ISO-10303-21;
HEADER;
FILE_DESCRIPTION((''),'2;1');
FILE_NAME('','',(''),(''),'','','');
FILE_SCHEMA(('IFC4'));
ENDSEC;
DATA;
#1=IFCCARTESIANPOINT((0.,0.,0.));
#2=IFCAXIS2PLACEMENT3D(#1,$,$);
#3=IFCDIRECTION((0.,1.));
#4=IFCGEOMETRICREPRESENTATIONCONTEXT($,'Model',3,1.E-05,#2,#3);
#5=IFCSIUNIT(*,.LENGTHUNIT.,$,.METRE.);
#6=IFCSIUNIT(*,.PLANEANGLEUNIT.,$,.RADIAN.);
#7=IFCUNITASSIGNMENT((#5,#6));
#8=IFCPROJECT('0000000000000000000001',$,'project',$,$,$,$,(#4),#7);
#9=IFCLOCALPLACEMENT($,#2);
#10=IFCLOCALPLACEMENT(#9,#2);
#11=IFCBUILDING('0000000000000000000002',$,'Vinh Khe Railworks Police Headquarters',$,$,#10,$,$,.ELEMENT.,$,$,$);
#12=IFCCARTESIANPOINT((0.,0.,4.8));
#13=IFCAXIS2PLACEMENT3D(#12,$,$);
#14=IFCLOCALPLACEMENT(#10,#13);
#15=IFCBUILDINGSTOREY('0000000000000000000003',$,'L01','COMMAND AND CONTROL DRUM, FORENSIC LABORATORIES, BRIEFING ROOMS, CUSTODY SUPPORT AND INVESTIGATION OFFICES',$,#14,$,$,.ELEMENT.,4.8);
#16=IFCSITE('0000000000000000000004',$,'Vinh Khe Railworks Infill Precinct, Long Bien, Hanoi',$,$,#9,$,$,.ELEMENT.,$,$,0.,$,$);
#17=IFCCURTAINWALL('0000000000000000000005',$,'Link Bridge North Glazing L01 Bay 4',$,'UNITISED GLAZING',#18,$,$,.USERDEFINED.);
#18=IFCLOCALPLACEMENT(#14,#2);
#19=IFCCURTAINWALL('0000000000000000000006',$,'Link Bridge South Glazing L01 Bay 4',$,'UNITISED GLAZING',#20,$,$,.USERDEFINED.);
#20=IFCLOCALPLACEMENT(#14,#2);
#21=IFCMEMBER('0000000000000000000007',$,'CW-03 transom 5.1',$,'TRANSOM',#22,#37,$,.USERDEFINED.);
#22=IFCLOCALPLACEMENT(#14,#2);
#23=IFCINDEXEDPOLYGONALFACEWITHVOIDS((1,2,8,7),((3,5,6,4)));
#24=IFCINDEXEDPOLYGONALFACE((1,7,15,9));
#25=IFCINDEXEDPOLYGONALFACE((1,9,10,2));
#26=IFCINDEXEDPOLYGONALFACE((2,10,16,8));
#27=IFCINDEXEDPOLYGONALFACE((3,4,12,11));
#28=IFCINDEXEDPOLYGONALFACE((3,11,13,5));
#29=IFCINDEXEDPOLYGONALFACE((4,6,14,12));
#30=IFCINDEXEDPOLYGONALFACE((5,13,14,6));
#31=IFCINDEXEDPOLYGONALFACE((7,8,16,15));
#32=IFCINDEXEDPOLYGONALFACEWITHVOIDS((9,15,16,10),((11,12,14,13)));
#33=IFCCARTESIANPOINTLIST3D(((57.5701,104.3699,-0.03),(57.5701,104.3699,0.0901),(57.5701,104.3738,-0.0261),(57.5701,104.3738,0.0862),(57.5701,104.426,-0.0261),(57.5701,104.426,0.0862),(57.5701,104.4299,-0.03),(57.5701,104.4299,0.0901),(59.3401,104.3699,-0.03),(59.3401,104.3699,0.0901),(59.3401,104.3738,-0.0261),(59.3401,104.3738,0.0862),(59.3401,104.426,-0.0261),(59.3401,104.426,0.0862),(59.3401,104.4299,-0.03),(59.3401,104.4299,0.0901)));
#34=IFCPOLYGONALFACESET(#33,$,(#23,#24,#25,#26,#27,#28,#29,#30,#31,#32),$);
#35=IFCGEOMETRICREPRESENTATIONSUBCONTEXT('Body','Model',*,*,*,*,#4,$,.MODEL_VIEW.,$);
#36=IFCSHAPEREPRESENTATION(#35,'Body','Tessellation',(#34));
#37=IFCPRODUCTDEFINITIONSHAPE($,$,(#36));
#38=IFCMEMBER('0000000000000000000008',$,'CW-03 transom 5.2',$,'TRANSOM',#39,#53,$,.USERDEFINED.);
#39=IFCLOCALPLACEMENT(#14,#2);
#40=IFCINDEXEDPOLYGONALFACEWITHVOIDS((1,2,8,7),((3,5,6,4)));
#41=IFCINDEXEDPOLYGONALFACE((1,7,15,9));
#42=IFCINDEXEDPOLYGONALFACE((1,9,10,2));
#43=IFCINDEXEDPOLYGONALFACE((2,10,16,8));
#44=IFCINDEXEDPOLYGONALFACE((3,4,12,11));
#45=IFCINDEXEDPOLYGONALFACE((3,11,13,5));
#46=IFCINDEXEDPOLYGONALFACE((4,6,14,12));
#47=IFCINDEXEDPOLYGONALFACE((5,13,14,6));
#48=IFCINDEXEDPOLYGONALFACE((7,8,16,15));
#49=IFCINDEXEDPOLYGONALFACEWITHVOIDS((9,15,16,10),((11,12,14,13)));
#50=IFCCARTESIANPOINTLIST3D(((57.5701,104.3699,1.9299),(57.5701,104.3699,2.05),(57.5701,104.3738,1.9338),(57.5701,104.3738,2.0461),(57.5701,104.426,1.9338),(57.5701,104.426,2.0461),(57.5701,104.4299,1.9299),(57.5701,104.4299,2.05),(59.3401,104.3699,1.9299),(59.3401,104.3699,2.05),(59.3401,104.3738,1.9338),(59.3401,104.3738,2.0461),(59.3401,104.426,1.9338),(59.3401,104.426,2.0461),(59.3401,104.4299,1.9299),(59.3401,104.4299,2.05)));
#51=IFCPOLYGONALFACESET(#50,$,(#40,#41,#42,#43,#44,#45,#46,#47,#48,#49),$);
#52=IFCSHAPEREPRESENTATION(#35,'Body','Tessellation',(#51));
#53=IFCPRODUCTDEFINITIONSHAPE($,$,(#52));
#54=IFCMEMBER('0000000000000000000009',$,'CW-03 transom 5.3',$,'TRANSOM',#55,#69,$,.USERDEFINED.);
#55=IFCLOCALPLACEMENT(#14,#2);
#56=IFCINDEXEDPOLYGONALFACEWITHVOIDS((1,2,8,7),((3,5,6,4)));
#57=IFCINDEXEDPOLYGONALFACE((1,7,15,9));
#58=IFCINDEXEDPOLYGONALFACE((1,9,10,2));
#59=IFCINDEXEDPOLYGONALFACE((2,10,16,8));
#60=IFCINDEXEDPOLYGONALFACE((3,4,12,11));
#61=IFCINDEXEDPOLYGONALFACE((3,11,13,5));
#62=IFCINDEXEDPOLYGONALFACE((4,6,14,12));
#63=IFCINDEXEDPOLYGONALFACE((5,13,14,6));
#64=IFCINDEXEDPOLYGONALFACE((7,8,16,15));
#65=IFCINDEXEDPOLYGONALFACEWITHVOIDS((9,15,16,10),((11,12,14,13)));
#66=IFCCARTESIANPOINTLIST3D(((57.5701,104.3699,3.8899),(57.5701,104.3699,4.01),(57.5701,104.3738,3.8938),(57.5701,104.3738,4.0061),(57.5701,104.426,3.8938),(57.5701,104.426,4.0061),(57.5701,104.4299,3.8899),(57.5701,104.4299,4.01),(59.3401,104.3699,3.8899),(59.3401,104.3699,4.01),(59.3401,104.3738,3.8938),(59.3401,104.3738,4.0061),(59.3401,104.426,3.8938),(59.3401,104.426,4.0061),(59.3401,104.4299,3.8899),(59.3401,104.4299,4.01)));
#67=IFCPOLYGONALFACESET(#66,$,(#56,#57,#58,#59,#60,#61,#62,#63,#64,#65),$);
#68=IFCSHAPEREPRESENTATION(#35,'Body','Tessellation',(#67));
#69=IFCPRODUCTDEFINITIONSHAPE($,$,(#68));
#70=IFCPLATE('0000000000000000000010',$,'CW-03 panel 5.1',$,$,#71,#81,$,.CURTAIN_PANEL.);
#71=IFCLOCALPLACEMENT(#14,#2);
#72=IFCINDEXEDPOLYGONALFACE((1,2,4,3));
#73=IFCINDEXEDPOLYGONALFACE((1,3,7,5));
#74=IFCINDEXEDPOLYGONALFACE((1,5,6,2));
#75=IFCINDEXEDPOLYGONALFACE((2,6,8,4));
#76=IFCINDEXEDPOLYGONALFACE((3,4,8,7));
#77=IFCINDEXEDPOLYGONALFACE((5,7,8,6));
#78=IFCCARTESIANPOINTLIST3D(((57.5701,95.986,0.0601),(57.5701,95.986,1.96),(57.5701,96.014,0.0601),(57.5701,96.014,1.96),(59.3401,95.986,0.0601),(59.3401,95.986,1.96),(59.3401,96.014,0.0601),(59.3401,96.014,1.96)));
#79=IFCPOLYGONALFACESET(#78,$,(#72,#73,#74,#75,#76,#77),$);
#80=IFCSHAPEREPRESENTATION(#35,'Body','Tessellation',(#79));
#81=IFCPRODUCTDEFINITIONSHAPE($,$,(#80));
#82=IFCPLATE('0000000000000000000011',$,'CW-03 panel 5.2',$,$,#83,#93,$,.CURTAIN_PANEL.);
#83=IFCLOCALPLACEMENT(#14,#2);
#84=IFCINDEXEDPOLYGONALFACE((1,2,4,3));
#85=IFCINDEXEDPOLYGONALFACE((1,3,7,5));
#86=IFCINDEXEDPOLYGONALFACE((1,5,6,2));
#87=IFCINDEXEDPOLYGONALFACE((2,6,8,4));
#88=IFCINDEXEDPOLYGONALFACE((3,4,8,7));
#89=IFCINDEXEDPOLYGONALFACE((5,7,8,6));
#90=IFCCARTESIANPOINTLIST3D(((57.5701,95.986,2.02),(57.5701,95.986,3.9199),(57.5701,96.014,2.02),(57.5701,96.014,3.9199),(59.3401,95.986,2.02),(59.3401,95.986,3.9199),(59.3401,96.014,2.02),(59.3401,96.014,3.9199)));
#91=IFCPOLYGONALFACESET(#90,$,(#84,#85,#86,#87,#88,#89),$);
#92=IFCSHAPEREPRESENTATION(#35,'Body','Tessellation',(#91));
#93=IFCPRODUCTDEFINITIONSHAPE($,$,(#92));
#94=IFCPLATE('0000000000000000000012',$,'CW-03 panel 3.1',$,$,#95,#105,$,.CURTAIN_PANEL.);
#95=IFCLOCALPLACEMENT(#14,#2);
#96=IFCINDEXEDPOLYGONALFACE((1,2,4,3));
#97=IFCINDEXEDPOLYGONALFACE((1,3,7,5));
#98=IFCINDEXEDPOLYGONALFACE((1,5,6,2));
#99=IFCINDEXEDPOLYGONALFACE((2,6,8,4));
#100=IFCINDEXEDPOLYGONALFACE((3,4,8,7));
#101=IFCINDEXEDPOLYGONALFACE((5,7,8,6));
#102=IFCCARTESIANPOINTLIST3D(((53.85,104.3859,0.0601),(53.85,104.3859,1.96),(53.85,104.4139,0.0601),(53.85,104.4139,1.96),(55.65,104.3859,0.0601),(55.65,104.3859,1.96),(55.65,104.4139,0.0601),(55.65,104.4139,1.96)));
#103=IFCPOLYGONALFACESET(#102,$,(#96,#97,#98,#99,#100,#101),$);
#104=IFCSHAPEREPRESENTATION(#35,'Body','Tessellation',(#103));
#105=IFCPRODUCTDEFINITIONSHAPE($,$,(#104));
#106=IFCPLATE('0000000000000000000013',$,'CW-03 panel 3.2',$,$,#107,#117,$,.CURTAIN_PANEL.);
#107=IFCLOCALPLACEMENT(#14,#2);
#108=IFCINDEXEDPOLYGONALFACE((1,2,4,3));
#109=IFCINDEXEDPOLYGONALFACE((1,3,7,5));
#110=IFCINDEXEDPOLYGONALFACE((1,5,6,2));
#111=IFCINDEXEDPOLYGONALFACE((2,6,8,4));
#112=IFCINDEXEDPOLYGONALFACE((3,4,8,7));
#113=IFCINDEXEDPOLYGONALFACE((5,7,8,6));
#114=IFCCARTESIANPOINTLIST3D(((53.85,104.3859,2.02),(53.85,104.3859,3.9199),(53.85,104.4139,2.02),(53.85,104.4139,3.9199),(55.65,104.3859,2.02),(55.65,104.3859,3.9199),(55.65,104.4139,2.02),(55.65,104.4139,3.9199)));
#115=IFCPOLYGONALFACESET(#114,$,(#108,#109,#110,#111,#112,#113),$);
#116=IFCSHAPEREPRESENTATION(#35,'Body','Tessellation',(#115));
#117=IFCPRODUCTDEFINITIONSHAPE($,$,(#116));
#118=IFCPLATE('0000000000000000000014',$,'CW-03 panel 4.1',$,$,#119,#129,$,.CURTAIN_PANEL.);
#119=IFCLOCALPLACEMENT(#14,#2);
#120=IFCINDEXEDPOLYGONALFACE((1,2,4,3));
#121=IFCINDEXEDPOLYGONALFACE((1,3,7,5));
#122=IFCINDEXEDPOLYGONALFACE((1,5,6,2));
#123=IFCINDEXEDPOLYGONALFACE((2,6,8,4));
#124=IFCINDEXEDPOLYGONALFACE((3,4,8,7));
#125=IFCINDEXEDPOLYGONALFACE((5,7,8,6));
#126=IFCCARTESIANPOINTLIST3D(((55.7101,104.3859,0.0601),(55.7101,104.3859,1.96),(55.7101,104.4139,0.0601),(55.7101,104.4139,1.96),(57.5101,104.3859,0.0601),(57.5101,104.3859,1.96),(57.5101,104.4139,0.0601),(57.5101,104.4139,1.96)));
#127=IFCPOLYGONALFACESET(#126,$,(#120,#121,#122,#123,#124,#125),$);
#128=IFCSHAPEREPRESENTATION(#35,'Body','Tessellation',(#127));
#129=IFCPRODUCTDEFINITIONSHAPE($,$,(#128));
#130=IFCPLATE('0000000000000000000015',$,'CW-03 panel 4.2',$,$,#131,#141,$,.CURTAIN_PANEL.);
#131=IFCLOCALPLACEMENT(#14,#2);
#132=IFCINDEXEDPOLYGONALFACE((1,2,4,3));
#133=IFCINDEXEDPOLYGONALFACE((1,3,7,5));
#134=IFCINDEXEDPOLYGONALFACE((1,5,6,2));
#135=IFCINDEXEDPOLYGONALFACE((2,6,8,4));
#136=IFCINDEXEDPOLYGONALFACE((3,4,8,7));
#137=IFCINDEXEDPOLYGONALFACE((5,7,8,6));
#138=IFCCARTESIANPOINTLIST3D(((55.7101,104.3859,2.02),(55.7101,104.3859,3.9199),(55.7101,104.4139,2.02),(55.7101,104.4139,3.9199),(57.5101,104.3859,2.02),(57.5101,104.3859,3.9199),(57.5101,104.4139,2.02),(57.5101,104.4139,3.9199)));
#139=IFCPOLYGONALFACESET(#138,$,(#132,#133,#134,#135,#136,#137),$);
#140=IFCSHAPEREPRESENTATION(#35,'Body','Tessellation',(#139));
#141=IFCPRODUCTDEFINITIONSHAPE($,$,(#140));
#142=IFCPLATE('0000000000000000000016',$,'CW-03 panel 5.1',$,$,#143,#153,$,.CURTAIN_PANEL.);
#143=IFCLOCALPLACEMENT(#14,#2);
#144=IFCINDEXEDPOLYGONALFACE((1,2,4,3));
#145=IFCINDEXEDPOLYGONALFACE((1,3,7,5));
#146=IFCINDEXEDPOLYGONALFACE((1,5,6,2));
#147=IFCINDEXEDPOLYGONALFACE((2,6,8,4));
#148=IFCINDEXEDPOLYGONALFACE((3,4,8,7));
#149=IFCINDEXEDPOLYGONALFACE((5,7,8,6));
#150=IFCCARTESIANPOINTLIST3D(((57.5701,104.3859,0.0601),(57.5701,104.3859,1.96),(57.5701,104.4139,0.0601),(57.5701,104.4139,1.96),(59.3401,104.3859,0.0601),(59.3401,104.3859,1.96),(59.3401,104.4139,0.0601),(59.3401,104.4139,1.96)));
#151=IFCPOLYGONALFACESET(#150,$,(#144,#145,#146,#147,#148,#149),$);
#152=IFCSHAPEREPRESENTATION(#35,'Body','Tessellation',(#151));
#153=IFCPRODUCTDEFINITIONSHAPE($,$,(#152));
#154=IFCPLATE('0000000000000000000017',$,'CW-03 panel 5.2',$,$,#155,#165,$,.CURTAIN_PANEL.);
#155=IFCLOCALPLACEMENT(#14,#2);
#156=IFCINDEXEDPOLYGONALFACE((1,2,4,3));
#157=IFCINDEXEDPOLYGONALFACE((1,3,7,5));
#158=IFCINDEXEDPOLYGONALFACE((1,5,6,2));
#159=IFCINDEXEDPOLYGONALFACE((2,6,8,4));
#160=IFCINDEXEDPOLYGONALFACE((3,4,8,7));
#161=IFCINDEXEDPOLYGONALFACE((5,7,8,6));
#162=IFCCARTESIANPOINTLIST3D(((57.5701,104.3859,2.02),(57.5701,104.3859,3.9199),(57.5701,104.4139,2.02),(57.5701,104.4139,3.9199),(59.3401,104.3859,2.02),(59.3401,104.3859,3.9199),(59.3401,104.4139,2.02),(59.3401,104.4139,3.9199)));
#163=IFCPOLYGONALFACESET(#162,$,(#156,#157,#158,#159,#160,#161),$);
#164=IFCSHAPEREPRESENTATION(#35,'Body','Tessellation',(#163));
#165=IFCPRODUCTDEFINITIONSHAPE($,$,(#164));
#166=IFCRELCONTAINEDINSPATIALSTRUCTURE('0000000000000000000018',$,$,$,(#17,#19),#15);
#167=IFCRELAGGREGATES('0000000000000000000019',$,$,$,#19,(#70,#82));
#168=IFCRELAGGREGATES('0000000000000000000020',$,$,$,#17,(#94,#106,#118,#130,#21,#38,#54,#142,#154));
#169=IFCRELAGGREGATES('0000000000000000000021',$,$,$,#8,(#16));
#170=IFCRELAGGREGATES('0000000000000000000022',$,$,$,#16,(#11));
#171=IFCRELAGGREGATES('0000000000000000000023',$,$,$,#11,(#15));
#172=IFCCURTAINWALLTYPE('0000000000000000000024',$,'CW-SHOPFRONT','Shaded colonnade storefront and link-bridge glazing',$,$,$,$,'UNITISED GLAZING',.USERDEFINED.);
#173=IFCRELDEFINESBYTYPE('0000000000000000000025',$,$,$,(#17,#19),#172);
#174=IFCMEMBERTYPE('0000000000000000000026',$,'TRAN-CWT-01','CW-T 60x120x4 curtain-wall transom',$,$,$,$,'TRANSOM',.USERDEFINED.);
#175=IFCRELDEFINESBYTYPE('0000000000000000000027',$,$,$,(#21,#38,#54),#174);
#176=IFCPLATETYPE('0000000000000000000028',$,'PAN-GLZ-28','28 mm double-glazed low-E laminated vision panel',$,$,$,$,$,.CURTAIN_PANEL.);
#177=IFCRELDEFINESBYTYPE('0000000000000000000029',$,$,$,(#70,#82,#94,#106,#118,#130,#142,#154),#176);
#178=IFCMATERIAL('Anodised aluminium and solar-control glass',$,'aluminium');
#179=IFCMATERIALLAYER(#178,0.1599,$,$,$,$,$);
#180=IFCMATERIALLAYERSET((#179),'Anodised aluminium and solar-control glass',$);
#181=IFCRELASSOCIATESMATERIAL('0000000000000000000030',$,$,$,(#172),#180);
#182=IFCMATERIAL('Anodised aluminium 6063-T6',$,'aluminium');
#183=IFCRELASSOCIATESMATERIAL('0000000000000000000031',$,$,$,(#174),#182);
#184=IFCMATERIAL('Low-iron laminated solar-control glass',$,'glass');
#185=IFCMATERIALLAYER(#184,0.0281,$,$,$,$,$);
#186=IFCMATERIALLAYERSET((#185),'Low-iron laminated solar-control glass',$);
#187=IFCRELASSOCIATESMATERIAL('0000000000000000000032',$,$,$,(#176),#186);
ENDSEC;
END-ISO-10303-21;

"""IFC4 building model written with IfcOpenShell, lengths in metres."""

from ifc_helpers import new_model, si_unit, direction, frame, origin, origin_2d, place, context, subcontext, project, spatial, rectangle, hollow_rectangle, extrude, material, layer, layer_set, material_profile, profile_set, type_object, element, aggregate, save


model = new_model("IFC4")

# Units and contexts
model_context = context("Model", 3, precision=1e-05, world=origin(), true_north=direction((0.0, 1.0)))
body_context = subcontext(model_context, "Body", "Model", "MODEL_VIEW")
ifc_project = project(units=[si_unit("LENGTHUNIT", "METRE"), si_unit("PLANEANGLEUNIT", "RADIAN")], contexts=[model_context])

# Site, building, storey
site_placement = place(None, origin())
site = spatial("IfcSite", under=ifc_project, at=site_placement, Name="Vinh Khe Railworks Infill Precinct, Long Bien, Hanoi", CompositionType="ELEMENT", RefElevation=0.0)
building_placement = place(site_placement, origin())
building = spatial("IfcBuilding", under=site, at=building_placement, Name="Vinh Khe Railworks Police Headquarters", CompositionType="ELEMENT")
storey_placement = place(building_placement, frame((0.0, 0.0, 4.8)))
storey = spatial("IfcBuildingStorey", under=building, at=storey_placement, Name="L01", Description="COMMAND AND CONTROL DRUM, FORENSIC LABORATORIES, BRIEFING ROOMS, CUSTODY SUPPORT AND INVESTIGATION OFFICES", CompositionType="ELEMENT", Elevation=4.8)

# Curtain walls
ifc_material_1 = material(Name="Anodised aluminium and solar-control glass", Category="aluminium")
ifc_layer_1 = layer(ifc_material_1, 0.1599)
ifc_layer_set_1 = layer_set([ifc_layer_1], Name="Anodised aluminium and solar-control glass")
curtain_wall_type = type_object("IfcCurtainWallType", Name="CW-SHOPFRONT", Description="Shaded colonnade storefront and link-bridge glazing", ElementType="UNITISED GLAZING", PredefinedType="USERDEFINED", material=ifc_layer_set_1)
curtain_wall_1_placement = place(storey_placement, origin())
curtain_wall_1 = element("IfcCurtainWall", 1, at=curtain_wall_1_placement, inside=storey, type_object=curtain_wall_type, Name="Link Bridge North Glazing L01 Bay 4", ObjectType="UNITISED GLAZING", PredefinedType="USERDEFINED")
ifc_material_2 = material(Name="Anodised aluminium 6063-T6", Category="aluminium")
curtain_wall_2_placement = place(storey_placement, origin())
curtain_wall_2 = element("IfcCurtainWall", 2, at=curtain_wall_2_placement, inside=storey, type_object=curtain_wall_type, Name="Link Bridge South Glazing L01 Bay 4", ObjectType="UNITISED GLAZING", PredefinedType="USERDEFINED")
ifc_material_profile_1 = material_profile(ifc_material_2, hollow_rectangle(XDim=0.0601, YDim=0.1201, WallThickness=0.0039, at=origin_2d()), Name="CW-T 60x120x4")
ifc_profile_set_1 = profile_set([ifc_material_profile_1], Name="Anodised aluminium 6063-T6")
member_type_1 = type_object("IfcMemberType", Name="TRAN-CWT-01", Description="CW-T 60x120x4 curtain-wall transom", ElementType="TRANSOM", PredefinedType="USERDEFINED", material=ifc_profile_set_1)

# Members
member_1_placement = place(storey_placement, frame((57.5701, 104.3999, 0.03), z_axis=(1.0, 0.0, 0.0), x_axis=(0.0, 1.0, 0.0)))
member_1 = element("IfcMember", 3, at=member_1_placement, type_object=member_type_1, Name="CW-03 transom 5.1", ObjectType="TRANSOM", PredefinedType="USERDEFINED", context=body_context, shape_type="SweptSolid", body=[
    extrude(hollow_rectangle(XDim=0.0601, YDim=0.1201, WallThickness=0.0039, at=origin_2d()), origin(), (0.0, 0.0, 1.0), 1.77),
])
member_2_placement = place(storey_placement, frame((57.5701, 104.3999, 1.99), z_axis=(1.0, 0.0, 0.0), x_axis=(0.0, 1.0, 0.0)))
member_2 = element("IfcMember", 4, at=member_2_placement, type_object=member_type_1, Name="CW-03 transom 5.2", ObjectType="TRANSOM", PredefinedType="USERDEFINED", context=body_context, shape_type="SweptSolid", body=[
    extrude(hollow_rectangle(XDim=0.0601, YDim=0.1201, WallThickness=0.0039, at=origin_2d()), origin(), (0.0, 0.0, 1.0), 1.77),
])
member_3_placement = place(storey_placement, frame((57.5701, 104.3999, 3.95), z_axis=(1.0, 0.0, 0.0), x_axis=(0.0, 1.0, 0.0)))
member_3 = element("IfcMember", 5, at=member_3_placement, type_object=member_type_1, Name="CW-03 transom 5.3", ObjectType="TRANSOM", PredefinedType="USERDEFINED", context=body_context, shape_type="SweptSolid", body=[
    extrude(hollow_rectangle(XDim=0.0601, YDim=0.1201, WallThickness=0.0039, at=origin_2d()), origin(), (0.0, 0.0, 1.0), 1.77),
])

# Plates
ifc_material_3 = material(Name="Low-iron laminated solar-control glass", Category="glass")
ifc_layer_2 = layer(ifc_material_3, 0.0281)
ifc_layer_set_2 = layer_set([ifc_layer_2], Name="Low-iron laminated solar-control glass")
plate_type = type_object("IfcPlateType", Name="PAN-GLZ-28", Description="28 mm double-glazed low-E laminated vision panel", PredefinedType="CURTAIN_PANEL", material=ifc_layer_set_2)
plate_1_placement = place(storey_placement, frame((58.4551, 96.0, 0.0601), z_axis=(0.0, 0.0, 1.0), x_axis=(1.0, 0.0, 0.0)))
plate_1 = element("IfcPlate", 6, at=plate_1_placement, type_object=plate_type, Name="CW-03 panel 5.1", PredefinedType="CURTAIN_PANEL", context=body_context, shape_type="SweptSolid", body=[
    extrude(rectangle(XDim=1.77, YDim=0.0281, at=origin_2d()), origin(), (0.0, 0.0, 1.0), 1.8999),
])
plate_2_placement = place(storey_placement, frame((58.4551, 96.0, 2.02), z_axis=(0.0, 0.0, 1.0), x_axis=(1.0, 0.0, 0.0)))
plate_2 = element("IfcPlate", 7, at=plate_2_placement, type_object=plate_type, Name="CW-03 panel 5.2", PredefinedType="CURTAIN_PANEL", context=body_context, shape_type="SweptSolid", body=[
    extrude(rectangle(XDim=1.77, YDim=0.0281, at=origin_2d()), origin(), (0.0, 0.0, 1.0), 1.8999),
])
aggregate(curtain_wall_2, [plate_1, plate_2])
plate_3_placement = place(storey_placement, frame((54.75, 104.3999, 0.0601), z_axis=(0.0, 0.0, 1.0), x_axis=(1.0, 0.0, 0.0)))
plate_3 = element("IfcPlate", 8, at=plate_3_placement, type_object=plate_type, Name="CW-03 panel 3.1", PredefinedType="CURTAIN_PANEL", context=body_context, shape_type="SweptSolid", body=[
    extrude(rectangle(XDim=1.8, YDim=0.0281, at=origin_2d()), origin(), (0.0, 0.0, 1.0), 1.8999),
])
plate_4_placement = place(storey_placement, frame((54.75, 104.3999, 2.02), z_axis=(0.0, 0.0, 1.0), x_axis=(1.0, 0.0, 0.0)))
plate_4 = element("IfcPlate", 9, at=plate_4_placement, type_object=plate_type, Name="CW-03 panel 3.2", PredefinedType="CURTAIN_PANEL", context=body_context, shape_type="SweptSolid", body=[
    extrude(rectangle(XDim=1.8, YDim=0.0281, at=origin_2d()), origin(), (0.0, 0.0, 1.0), 1.8999),
])
plate_5_placement = place(storey_placement, frame((56.6101, 104.3999, 0.0601), z_axis=(0.0, 0.0, 1.0), x_axis=(1.0, 0.0, 0.0)))
plate_5 = element("IfcPlate", 10, at=plate_5_placement, type_object=plate_type, Name="CW-03 panel 4.1", PredefinedType="CURTAIN_PANEL", context=body_context, shape_type="SweptSolid", body=[
    extrude(rectangle(XDim=1.8, YDim=0.0281, at=origin_2d()), origin(), (0.0, 0.0, 1.0), 1.8999),
])
plate_6_placement = place(storey_placement, frame((56.6101, 104.3999, 2.02), z_axis=(0.0, 0.0, 1.0), x_axis=(1.0, 0.0, 0.0)))
plate_6 = element("IfcPlate", 11, at=plate_6_placement, type_object=plate_type, Name="CW-03 panel 4.2", PredefinedType="CURTAIN_PANEL", context=body_context, shape_type="SweptSolid", body=[
    extrude(rectangle(XDim=1.8, YDim=0.0281, at=origin_2d()), origin(), (0.0, 0.0, 1.0), 1.8999),
])
plate_7_placement = place(storey_placement, frame((58.4551, 104.3999, 0.0601), z_axis=(0.0, 0.0, 1.0), x_axis=(1.0, 0.0, 0.0)))
plate_7 = element("IfcPlate", 12, at=plate_7_placement, type_object=plate_type, Name="CW-03 panel 5.1", PredefinedType="CURTAIN_PANEL", context=body_context, shape_type="SweptSolid", body=[
    extrude(rectangle(XDim=1.77, YDim=0.0281, at=origin_2d()), origin(), (0.0, 0.0, 1.0), 1.8999),
])
plate_8_placement = place(storey_placement, frame((58.4551, 104.3999, 2.02), z_axis=(0.0, 0.0, 1.0), x_axis=(1.0, 0.0, 0.0)))
plate_8 = element("IfcPlate", 13, at=plate_8_placement, type_object=plate_type, Name="CW-03 panel 5.2", PredefinedType="CURTAIN_PANEL", context=body_context, shape_type="SweptSolid", body=[
    extrude(rectangle(XDim=1.77, YDim=0.0281, at=origin_2d()), origin(), (0.0, 0.0, 1.0), 1.8999),
])
aggregate(curtain_wall_1, [plate_3, plate_4, plate_5, plate_6, member_1, member_2, member_3, plate_7, plate_8])

save(model, "model.ifc")
